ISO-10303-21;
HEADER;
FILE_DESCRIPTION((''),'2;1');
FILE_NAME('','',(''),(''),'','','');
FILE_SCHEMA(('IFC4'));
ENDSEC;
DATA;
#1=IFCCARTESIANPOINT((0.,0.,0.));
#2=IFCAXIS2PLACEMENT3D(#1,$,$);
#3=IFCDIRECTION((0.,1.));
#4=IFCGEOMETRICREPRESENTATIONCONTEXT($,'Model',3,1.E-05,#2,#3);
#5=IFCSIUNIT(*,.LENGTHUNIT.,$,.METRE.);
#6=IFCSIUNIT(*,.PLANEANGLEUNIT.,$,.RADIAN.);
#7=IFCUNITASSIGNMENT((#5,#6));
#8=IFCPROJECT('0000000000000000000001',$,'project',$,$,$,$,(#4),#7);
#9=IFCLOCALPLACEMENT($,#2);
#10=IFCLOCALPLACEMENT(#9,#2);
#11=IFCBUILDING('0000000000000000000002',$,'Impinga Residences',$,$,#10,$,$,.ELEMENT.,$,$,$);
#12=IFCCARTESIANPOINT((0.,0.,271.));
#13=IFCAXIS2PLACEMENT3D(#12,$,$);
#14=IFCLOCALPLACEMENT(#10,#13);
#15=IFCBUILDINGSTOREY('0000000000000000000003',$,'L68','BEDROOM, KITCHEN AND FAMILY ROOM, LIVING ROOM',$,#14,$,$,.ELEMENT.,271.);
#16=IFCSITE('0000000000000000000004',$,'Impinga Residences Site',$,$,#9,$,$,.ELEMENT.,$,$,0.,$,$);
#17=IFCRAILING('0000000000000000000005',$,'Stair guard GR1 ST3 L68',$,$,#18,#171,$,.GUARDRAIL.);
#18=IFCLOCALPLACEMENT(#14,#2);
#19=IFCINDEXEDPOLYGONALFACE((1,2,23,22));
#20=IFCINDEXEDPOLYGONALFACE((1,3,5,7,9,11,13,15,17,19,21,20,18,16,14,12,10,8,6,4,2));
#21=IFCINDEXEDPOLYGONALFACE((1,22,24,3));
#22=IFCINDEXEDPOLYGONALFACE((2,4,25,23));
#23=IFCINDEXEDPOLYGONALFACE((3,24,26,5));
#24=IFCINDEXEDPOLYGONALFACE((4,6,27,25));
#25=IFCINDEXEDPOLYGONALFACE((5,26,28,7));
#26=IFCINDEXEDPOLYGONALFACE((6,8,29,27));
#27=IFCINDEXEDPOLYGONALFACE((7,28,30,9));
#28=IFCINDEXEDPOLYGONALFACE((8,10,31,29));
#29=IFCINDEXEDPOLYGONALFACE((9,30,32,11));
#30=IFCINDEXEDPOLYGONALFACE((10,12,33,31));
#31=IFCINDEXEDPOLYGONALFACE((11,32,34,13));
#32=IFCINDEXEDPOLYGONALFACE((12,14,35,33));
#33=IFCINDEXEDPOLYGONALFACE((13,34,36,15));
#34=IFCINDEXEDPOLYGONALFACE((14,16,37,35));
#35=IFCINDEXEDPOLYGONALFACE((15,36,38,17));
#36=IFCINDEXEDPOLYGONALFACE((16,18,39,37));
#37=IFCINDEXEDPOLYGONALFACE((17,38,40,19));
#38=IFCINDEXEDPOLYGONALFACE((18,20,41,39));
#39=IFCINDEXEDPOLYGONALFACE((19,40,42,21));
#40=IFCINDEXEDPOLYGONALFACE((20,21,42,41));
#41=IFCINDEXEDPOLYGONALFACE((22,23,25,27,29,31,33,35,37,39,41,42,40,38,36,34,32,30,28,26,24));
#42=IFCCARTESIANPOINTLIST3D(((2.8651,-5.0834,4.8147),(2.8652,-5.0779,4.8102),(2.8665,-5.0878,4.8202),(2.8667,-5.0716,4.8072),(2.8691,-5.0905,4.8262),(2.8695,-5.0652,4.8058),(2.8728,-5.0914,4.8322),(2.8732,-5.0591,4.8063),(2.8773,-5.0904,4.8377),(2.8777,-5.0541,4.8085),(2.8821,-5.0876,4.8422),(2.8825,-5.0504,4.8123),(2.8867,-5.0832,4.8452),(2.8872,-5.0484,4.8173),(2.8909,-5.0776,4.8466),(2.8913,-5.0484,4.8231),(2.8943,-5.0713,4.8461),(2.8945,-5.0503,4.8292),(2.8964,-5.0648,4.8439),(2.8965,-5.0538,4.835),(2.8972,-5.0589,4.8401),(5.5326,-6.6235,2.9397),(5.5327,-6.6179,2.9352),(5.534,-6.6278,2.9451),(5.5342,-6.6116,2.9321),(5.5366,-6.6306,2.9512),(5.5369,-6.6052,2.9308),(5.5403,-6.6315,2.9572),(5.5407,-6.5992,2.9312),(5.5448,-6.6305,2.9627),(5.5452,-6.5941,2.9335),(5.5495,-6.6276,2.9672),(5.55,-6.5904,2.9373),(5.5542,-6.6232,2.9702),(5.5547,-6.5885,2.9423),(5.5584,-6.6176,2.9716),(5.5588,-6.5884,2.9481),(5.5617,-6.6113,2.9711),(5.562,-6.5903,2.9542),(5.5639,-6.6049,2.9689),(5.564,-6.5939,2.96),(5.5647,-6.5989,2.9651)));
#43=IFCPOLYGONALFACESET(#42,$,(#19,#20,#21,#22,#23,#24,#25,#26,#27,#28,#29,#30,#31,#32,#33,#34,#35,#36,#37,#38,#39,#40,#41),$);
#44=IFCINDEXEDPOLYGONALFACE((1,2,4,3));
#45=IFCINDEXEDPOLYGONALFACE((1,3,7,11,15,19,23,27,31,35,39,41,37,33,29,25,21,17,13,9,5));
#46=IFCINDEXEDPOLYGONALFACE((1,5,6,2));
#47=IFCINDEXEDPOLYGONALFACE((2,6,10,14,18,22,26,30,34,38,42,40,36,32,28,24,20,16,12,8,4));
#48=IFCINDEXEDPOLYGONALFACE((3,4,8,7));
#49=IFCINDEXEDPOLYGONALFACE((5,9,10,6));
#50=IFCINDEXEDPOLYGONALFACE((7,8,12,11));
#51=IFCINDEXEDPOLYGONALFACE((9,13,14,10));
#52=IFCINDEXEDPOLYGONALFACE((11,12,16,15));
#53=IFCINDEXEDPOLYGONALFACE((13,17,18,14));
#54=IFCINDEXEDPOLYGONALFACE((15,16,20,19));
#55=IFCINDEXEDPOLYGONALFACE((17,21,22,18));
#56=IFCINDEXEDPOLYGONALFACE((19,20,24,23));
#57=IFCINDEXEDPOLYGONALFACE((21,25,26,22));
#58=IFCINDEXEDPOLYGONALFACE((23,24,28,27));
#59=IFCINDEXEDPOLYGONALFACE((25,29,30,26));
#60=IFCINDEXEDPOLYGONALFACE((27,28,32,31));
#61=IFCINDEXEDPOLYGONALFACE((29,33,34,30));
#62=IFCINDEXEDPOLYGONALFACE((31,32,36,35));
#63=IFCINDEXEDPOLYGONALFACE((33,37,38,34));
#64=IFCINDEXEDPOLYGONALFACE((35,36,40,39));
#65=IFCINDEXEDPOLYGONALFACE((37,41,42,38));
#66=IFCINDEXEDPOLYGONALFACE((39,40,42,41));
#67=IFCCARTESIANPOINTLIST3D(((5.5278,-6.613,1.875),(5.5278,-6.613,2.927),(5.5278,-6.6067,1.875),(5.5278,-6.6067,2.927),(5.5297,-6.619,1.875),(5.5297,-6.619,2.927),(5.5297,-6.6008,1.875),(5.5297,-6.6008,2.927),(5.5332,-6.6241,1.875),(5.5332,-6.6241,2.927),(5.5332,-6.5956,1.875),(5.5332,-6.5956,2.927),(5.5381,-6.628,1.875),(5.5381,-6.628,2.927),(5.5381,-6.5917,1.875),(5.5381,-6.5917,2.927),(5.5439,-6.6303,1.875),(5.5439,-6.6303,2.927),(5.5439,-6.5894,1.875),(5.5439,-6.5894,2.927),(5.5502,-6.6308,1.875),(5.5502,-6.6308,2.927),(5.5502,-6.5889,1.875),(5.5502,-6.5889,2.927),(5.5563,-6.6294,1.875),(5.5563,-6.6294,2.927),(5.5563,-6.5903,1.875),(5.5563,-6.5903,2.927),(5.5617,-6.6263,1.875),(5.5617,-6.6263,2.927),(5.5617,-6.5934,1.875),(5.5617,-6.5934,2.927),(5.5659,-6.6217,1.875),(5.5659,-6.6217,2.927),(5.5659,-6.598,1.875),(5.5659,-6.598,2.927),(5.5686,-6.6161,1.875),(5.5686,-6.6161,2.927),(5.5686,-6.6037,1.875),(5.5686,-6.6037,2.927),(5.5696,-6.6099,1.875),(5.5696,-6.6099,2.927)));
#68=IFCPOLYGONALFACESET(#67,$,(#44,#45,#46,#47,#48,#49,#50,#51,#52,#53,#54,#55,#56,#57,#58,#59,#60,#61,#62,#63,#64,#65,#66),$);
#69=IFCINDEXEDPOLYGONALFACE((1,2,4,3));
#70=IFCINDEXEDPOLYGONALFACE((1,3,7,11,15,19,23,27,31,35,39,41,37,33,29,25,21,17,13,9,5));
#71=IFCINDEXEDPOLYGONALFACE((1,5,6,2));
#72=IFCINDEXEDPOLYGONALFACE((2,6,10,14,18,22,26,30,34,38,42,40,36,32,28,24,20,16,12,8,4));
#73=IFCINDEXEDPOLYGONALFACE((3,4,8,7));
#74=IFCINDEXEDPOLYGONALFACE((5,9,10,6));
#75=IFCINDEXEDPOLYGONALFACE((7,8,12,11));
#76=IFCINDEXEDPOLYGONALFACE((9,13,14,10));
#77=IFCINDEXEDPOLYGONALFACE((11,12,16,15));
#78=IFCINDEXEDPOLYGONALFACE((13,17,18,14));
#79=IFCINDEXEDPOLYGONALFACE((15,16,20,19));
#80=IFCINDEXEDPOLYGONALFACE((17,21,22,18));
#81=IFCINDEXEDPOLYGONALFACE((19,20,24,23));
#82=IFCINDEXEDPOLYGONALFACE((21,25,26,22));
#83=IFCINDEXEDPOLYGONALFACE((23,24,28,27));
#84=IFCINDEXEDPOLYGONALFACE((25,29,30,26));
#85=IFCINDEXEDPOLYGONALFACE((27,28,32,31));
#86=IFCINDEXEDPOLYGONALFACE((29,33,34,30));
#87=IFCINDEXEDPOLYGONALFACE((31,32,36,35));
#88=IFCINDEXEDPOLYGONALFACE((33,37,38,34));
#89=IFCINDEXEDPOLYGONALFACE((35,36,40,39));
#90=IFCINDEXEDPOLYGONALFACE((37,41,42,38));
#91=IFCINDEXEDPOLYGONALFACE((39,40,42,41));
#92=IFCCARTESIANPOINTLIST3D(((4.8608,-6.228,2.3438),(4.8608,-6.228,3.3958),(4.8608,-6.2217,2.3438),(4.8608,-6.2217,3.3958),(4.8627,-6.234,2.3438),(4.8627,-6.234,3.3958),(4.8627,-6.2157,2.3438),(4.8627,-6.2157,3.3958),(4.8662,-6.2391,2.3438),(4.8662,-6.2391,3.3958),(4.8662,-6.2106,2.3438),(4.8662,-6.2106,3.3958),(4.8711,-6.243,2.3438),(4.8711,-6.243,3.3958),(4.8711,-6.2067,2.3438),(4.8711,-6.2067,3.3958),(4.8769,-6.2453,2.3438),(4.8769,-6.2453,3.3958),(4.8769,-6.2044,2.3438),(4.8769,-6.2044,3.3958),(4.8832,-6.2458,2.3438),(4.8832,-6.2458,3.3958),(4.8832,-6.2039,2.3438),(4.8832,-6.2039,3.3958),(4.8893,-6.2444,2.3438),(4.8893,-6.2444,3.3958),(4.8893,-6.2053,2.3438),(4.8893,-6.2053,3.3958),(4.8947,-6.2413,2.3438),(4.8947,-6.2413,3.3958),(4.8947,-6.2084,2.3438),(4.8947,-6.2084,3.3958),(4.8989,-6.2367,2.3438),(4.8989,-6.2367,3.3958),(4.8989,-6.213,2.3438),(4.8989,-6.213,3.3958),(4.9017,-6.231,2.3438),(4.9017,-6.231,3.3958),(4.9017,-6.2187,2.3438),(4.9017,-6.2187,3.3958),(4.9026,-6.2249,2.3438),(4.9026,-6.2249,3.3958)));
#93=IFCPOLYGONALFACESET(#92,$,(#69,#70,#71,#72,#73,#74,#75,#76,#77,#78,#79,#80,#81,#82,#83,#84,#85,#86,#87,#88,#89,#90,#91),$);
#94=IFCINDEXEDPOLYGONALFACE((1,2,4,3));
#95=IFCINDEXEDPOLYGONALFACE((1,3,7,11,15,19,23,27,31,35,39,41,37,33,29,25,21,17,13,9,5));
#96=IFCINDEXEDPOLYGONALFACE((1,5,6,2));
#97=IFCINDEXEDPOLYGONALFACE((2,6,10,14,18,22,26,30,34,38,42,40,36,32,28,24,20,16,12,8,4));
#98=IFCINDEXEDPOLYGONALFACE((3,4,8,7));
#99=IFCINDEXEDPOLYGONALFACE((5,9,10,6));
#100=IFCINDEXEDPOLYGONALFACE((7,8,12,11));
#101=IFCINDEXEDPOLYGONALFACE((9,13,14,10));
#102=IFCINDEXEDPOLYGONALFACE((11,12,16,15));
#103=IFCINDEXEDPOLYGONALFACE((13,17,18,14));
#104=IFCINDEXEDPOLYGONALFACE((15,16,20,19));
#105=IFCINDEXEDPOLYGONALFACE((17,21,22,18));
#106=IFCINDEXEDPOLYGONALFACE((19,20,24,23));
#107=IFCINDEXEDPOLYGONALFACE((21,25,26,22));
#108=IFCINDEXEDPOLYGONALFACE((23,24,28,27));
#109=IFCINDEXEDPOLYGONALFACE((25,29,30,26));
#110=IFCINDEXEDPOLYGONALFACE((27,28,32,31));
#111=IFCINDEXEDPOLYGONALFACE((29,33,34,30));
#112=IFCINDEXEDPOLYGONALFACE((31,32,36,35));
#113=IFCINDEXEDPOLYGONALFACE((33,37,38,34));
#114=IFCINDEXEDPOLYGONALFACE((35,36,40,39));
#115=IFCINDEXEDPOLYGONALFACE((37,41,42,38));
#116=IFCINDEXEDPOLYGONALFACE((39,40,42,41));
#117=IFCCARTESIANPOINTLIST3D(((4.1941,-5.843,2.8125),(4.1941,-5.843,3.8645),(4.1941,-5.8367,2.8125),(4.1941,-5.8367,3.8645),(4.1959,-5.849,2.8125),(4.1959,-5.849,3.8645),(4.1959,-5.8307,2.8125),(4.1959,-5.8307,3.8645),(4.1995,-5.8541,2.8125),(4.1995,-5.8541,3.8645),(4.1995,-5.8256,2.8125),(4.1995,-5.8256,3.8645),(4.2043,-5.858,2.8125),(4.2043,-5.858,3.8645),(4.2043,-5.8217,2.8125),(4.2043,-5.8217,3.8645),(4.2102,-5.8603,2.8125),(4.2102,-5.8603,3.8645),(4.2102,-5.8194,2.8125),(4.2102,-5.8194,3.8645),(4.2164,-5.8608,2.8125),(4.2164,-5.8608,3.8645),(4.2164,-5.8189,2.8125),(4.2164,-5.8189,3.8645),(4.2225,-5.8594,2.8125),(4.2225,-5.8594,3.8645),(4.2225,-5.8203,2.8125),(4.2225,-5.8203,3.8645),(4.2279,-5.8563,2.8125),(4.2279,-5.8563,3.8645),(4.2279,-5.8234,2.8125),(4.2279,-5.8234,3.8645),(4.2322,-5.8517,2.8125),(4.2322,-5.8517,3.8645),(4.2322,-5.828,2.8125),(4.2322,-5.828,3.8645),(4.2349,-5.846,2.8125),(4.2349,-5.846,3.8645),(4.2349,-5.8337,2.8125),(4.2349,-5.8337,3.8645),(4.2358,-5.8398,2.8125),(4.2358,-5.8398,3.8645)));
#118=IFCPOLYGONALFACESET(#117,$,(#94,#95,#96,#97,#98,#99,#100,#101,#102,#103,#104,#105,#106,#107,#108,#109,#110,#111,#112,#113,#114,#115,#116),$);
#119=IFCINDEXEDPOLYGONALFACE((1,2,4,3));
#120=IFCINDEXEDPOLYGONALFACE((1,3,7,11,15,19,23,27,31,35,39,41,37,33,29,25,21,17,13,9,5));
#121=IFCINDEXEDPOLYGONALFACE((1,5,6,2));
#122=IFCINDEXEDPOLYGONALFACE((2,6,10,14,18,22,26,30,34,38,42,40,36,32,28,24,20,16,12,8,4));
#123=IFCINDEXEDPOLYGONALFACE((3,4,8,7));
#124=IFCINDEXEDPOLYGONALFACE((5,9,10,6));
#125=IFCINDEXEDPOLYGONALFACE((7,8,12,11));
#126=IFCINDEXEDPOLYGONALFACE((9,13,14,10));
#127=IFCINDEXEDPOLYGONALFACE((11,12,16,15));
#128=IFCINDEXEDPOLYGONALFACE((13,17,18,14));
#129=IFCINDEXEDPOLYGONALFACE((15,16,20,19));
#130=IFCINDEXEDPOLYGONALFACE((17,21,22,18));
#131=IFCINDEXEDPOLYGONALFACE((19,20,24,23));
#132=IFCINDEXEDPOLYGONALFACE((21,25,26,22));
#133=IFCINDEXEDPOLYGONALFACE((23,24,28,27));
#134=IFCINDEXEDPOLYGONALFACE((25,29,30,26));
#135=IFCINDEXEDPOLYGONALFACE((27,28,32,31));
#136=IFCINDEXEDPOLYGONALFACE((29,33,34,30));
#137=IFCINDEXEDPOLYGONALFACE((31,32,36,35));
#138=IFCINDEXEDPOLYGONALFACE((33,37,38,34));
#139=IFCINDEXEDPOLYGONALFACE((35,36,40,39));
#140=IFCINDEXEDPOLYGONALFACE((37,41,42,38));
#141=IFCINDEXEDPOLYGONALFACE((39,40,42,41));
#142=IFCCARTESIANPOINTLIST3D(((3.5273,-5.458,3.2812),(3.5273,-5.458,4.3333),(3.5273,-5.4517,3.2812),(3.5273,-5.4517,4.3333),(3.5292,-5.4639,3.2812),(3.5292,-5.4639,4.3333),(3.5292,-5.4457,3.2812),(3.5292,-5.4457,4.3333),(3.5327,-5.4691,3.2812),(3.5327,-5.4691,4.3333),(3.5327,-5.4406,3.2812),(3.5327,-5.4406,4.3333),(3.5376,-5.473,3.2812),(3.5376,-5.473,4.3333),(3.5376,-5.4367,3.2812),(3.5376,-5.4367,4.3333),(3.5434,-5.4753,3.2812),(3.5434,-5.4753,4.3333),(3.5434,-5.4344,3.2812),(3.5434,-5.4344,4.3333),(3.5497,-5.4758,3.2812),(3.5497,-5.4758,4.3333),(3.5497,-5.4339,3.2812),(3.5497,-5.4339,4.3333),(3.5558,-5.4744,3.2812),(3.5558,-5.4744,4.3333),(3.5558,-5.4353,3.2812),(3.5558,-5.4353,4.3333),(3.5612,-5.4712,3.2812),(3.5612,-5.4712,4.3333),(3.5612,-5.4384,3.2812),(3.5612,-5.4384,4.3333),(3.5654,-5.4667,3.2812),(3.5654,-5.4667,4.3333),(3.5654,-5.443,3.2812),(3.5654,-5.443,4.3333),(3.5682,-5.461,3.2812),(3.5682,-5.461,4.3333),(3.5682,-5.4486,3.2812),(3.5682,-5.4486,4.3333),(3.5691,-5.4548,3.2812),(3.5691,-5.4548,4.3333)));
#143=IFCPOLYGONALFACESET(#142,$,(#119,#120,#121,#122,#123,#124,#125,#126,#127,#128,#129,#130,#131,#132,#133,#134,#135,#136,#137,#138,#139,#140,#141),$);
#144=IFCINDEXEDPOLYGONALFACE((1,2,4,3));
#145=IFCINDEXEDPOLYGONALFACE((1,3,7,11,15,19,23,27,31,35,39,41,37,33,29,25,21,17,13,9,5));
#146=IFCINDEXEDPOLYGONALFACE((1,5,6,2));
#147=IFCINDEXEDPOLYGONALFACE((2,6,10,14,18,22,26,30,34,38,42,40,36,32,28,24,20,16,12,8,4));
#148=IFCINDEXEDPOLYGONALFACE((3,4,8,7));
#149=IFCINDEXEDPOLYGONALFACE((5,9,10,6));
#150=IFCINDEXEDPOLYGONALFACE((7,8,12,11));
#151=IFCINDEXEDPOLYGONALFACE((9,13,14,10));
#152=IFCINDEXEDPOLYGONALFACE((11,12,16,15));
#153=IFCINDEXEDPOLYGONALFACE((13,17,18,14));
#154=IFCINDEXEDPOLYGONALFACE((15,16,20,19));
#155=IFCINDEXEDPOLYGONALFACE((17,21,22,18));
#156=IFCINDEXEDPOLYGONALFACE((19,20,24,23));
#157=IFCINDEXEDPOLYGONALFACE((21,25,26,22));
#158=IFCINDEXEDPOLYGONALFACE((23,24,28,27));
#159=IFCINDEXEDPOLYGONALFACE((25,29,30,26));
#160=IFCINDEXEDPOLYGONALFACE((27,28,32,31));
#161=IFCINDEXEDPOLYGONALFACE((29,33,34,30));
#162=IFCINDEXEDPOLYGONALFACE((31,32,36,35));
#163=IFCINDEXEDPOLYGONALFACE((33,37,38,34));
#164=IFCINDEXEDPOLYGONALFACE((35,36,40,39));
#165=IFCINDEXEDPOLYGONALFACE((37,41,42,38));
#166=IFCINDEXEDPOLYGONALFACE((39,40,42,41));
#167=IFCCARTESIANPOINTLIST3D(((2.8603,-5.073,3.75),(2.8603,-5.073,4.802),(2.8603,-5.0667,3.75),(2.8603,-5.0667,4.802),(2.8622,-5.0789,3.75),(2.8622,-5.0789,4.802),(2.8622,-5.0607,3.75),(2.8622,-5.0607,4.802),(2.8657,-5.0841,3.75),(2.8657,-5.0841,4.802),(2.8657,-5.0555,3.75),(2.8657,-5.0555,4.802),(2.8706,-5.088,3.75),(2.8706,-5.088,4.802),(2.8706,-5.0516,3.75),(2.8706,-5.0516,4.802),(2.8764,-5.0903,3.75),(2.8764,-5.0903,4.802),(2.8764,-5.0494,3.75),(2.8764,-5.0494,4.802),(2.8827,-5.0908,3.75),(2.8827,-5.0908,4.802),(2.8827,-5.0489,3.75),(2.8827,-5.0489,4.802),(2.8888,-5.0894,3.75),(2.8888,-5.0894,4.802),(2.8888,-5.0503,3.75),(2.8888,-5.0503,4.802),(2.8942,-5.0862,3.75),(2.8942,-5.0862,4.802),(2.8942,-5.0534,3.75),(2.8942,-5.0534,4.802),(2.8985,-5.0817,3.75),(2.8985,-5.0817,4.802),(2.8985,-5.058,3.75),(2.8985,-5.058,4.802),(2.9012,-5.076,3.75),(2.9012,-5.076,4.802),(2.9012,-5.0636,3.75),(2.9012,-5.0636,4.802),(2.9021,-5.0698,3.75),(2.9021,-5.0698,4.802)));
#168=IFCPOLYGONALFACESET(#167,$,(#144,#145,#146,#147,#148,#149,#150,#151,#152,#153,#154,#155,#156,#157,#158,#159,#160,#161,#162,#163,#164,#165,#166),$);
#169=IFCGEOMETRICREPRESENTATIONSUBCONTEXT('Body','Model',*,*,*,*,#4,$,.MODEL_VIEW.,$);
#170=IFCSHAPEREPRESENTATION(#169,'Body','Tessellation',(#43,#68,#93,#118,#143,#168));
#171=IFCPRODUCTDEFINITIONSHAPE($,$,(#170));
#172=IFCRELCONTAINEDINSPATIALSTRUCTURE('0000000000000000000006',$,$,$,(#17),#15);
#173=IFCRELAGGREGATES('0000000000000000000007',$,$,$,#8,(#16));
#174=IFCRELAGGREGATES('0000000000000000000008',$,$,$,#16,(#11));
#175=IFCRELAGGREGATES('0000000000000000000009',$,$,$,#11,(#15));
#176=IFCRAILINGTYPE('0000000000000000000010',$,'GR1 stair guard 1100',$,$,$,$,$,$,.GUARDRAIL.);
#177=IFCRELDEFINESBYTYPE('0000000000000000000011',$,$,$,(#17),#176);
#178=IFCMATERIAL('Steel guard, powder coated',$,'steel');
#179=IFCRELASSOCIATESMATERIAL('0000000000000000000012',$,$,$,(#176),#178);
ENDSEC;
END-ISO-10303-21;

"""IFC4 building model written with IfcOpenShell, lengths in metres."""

from ifc_helpers import new_model, si_unit, direction, frame, origin, origin_2d, place, context, subcontext, project, spatial, circle, extrude, material, type_object, element, save


model = new_model("IFC4")

# Units and contexts
model_context = context("Model", 3, precision=1e-05, world=origin(), true_north=direction((0.0, 1.0)))
body_context = subcontext(model_context, "Body", "Model", "MODEL_VIEW")
ifc_project = project(units=[si_unit("LENGTHUNIT", "METRE"), si_unit("PLANEANGLEUNIT", "RADIAN")], contexts=[model_context])

# Site, building, storey
site_placement = place(None, origin())
site = spatial("IfcSite", under=ifc_project, at=site_placement, Name="Impinga Residences Site", CompositionType="ELEMENT", RefElevation=0.0)
building_placement = place(site_placement, origin())
building = spatial("IfcBuilding", under=site, at=building_placement, Name="Impinga Residences", CompositionType="ELEMENT")
storey_placement = place(building_placement, frame((0.0, 0.0, 271.0)))
storey = spatial("IfcBuildingStorey", under=building, at=storey_placement, Name="L68", Description="BEDROOM, KITCHEN AND FAMILY ROOM, LIVING ROOM", CompositionType="ELEMENT", Elevation=271.0)

# Railing
ifc_material_1 = material(Name="Steel guard, powder coated", Category="steel")
railing_type_1 = type_object("IfcRailingType", Name="GR1 stair guard 1100", PredefinedType="GUARDRAIL", material=ifc_material_1)
railing_1_placement = place(storey_placement, frame((5.5486, -6.6099, 1.875)))
element("IfcRailing", 1, at=railing_1_placement, inside=storey, type_object=railing_type_1, Name="Stair guard GR1 ST3 L68", PredefinedType="GUARDRAIL", context=body_context, shape_type="SweptSolid", body=[
    extrude(circle(Radius=0.0239, at=origin_2d()), frame((0.0, 0.0, 1.0762), z_axis=(-0.739746, 0.427084, 0.519975), x_axis=(-0.499992, -0.86603, 0.0)), (0.0, 0.0, 1.0), 3.606),
    extrude(circle(Radius=0.021, at=origin_2d()), origin(), (0.0, 0.0, 1.0), 1.052),
    extrude(circle(Radius=0.021, at=origin_2d()), frame((-0.667, 0.385, 0.4688)), (0.0, 0.0, 1.0), 1.052),
    extrude(circle(Radius=0.021, at=origin_2d()), frame((-1.3337, 0.77, 0.9375)), (0.0, 0.0, 1.0), 1.052),
    extrude(circle(Radius=0.021, at=origin_2d()), frame((-2.0005, 1.155, 1.4062)), (0.0, 0.0, 1.0), 1.052),
    extrude(circle(Radius=0.021, at=origin_2d()), frame((-2.6675, 1.54, 1.875)), (0.0, 0.0, 1.0), 1.052),
])

save(model, "model.ifc")
